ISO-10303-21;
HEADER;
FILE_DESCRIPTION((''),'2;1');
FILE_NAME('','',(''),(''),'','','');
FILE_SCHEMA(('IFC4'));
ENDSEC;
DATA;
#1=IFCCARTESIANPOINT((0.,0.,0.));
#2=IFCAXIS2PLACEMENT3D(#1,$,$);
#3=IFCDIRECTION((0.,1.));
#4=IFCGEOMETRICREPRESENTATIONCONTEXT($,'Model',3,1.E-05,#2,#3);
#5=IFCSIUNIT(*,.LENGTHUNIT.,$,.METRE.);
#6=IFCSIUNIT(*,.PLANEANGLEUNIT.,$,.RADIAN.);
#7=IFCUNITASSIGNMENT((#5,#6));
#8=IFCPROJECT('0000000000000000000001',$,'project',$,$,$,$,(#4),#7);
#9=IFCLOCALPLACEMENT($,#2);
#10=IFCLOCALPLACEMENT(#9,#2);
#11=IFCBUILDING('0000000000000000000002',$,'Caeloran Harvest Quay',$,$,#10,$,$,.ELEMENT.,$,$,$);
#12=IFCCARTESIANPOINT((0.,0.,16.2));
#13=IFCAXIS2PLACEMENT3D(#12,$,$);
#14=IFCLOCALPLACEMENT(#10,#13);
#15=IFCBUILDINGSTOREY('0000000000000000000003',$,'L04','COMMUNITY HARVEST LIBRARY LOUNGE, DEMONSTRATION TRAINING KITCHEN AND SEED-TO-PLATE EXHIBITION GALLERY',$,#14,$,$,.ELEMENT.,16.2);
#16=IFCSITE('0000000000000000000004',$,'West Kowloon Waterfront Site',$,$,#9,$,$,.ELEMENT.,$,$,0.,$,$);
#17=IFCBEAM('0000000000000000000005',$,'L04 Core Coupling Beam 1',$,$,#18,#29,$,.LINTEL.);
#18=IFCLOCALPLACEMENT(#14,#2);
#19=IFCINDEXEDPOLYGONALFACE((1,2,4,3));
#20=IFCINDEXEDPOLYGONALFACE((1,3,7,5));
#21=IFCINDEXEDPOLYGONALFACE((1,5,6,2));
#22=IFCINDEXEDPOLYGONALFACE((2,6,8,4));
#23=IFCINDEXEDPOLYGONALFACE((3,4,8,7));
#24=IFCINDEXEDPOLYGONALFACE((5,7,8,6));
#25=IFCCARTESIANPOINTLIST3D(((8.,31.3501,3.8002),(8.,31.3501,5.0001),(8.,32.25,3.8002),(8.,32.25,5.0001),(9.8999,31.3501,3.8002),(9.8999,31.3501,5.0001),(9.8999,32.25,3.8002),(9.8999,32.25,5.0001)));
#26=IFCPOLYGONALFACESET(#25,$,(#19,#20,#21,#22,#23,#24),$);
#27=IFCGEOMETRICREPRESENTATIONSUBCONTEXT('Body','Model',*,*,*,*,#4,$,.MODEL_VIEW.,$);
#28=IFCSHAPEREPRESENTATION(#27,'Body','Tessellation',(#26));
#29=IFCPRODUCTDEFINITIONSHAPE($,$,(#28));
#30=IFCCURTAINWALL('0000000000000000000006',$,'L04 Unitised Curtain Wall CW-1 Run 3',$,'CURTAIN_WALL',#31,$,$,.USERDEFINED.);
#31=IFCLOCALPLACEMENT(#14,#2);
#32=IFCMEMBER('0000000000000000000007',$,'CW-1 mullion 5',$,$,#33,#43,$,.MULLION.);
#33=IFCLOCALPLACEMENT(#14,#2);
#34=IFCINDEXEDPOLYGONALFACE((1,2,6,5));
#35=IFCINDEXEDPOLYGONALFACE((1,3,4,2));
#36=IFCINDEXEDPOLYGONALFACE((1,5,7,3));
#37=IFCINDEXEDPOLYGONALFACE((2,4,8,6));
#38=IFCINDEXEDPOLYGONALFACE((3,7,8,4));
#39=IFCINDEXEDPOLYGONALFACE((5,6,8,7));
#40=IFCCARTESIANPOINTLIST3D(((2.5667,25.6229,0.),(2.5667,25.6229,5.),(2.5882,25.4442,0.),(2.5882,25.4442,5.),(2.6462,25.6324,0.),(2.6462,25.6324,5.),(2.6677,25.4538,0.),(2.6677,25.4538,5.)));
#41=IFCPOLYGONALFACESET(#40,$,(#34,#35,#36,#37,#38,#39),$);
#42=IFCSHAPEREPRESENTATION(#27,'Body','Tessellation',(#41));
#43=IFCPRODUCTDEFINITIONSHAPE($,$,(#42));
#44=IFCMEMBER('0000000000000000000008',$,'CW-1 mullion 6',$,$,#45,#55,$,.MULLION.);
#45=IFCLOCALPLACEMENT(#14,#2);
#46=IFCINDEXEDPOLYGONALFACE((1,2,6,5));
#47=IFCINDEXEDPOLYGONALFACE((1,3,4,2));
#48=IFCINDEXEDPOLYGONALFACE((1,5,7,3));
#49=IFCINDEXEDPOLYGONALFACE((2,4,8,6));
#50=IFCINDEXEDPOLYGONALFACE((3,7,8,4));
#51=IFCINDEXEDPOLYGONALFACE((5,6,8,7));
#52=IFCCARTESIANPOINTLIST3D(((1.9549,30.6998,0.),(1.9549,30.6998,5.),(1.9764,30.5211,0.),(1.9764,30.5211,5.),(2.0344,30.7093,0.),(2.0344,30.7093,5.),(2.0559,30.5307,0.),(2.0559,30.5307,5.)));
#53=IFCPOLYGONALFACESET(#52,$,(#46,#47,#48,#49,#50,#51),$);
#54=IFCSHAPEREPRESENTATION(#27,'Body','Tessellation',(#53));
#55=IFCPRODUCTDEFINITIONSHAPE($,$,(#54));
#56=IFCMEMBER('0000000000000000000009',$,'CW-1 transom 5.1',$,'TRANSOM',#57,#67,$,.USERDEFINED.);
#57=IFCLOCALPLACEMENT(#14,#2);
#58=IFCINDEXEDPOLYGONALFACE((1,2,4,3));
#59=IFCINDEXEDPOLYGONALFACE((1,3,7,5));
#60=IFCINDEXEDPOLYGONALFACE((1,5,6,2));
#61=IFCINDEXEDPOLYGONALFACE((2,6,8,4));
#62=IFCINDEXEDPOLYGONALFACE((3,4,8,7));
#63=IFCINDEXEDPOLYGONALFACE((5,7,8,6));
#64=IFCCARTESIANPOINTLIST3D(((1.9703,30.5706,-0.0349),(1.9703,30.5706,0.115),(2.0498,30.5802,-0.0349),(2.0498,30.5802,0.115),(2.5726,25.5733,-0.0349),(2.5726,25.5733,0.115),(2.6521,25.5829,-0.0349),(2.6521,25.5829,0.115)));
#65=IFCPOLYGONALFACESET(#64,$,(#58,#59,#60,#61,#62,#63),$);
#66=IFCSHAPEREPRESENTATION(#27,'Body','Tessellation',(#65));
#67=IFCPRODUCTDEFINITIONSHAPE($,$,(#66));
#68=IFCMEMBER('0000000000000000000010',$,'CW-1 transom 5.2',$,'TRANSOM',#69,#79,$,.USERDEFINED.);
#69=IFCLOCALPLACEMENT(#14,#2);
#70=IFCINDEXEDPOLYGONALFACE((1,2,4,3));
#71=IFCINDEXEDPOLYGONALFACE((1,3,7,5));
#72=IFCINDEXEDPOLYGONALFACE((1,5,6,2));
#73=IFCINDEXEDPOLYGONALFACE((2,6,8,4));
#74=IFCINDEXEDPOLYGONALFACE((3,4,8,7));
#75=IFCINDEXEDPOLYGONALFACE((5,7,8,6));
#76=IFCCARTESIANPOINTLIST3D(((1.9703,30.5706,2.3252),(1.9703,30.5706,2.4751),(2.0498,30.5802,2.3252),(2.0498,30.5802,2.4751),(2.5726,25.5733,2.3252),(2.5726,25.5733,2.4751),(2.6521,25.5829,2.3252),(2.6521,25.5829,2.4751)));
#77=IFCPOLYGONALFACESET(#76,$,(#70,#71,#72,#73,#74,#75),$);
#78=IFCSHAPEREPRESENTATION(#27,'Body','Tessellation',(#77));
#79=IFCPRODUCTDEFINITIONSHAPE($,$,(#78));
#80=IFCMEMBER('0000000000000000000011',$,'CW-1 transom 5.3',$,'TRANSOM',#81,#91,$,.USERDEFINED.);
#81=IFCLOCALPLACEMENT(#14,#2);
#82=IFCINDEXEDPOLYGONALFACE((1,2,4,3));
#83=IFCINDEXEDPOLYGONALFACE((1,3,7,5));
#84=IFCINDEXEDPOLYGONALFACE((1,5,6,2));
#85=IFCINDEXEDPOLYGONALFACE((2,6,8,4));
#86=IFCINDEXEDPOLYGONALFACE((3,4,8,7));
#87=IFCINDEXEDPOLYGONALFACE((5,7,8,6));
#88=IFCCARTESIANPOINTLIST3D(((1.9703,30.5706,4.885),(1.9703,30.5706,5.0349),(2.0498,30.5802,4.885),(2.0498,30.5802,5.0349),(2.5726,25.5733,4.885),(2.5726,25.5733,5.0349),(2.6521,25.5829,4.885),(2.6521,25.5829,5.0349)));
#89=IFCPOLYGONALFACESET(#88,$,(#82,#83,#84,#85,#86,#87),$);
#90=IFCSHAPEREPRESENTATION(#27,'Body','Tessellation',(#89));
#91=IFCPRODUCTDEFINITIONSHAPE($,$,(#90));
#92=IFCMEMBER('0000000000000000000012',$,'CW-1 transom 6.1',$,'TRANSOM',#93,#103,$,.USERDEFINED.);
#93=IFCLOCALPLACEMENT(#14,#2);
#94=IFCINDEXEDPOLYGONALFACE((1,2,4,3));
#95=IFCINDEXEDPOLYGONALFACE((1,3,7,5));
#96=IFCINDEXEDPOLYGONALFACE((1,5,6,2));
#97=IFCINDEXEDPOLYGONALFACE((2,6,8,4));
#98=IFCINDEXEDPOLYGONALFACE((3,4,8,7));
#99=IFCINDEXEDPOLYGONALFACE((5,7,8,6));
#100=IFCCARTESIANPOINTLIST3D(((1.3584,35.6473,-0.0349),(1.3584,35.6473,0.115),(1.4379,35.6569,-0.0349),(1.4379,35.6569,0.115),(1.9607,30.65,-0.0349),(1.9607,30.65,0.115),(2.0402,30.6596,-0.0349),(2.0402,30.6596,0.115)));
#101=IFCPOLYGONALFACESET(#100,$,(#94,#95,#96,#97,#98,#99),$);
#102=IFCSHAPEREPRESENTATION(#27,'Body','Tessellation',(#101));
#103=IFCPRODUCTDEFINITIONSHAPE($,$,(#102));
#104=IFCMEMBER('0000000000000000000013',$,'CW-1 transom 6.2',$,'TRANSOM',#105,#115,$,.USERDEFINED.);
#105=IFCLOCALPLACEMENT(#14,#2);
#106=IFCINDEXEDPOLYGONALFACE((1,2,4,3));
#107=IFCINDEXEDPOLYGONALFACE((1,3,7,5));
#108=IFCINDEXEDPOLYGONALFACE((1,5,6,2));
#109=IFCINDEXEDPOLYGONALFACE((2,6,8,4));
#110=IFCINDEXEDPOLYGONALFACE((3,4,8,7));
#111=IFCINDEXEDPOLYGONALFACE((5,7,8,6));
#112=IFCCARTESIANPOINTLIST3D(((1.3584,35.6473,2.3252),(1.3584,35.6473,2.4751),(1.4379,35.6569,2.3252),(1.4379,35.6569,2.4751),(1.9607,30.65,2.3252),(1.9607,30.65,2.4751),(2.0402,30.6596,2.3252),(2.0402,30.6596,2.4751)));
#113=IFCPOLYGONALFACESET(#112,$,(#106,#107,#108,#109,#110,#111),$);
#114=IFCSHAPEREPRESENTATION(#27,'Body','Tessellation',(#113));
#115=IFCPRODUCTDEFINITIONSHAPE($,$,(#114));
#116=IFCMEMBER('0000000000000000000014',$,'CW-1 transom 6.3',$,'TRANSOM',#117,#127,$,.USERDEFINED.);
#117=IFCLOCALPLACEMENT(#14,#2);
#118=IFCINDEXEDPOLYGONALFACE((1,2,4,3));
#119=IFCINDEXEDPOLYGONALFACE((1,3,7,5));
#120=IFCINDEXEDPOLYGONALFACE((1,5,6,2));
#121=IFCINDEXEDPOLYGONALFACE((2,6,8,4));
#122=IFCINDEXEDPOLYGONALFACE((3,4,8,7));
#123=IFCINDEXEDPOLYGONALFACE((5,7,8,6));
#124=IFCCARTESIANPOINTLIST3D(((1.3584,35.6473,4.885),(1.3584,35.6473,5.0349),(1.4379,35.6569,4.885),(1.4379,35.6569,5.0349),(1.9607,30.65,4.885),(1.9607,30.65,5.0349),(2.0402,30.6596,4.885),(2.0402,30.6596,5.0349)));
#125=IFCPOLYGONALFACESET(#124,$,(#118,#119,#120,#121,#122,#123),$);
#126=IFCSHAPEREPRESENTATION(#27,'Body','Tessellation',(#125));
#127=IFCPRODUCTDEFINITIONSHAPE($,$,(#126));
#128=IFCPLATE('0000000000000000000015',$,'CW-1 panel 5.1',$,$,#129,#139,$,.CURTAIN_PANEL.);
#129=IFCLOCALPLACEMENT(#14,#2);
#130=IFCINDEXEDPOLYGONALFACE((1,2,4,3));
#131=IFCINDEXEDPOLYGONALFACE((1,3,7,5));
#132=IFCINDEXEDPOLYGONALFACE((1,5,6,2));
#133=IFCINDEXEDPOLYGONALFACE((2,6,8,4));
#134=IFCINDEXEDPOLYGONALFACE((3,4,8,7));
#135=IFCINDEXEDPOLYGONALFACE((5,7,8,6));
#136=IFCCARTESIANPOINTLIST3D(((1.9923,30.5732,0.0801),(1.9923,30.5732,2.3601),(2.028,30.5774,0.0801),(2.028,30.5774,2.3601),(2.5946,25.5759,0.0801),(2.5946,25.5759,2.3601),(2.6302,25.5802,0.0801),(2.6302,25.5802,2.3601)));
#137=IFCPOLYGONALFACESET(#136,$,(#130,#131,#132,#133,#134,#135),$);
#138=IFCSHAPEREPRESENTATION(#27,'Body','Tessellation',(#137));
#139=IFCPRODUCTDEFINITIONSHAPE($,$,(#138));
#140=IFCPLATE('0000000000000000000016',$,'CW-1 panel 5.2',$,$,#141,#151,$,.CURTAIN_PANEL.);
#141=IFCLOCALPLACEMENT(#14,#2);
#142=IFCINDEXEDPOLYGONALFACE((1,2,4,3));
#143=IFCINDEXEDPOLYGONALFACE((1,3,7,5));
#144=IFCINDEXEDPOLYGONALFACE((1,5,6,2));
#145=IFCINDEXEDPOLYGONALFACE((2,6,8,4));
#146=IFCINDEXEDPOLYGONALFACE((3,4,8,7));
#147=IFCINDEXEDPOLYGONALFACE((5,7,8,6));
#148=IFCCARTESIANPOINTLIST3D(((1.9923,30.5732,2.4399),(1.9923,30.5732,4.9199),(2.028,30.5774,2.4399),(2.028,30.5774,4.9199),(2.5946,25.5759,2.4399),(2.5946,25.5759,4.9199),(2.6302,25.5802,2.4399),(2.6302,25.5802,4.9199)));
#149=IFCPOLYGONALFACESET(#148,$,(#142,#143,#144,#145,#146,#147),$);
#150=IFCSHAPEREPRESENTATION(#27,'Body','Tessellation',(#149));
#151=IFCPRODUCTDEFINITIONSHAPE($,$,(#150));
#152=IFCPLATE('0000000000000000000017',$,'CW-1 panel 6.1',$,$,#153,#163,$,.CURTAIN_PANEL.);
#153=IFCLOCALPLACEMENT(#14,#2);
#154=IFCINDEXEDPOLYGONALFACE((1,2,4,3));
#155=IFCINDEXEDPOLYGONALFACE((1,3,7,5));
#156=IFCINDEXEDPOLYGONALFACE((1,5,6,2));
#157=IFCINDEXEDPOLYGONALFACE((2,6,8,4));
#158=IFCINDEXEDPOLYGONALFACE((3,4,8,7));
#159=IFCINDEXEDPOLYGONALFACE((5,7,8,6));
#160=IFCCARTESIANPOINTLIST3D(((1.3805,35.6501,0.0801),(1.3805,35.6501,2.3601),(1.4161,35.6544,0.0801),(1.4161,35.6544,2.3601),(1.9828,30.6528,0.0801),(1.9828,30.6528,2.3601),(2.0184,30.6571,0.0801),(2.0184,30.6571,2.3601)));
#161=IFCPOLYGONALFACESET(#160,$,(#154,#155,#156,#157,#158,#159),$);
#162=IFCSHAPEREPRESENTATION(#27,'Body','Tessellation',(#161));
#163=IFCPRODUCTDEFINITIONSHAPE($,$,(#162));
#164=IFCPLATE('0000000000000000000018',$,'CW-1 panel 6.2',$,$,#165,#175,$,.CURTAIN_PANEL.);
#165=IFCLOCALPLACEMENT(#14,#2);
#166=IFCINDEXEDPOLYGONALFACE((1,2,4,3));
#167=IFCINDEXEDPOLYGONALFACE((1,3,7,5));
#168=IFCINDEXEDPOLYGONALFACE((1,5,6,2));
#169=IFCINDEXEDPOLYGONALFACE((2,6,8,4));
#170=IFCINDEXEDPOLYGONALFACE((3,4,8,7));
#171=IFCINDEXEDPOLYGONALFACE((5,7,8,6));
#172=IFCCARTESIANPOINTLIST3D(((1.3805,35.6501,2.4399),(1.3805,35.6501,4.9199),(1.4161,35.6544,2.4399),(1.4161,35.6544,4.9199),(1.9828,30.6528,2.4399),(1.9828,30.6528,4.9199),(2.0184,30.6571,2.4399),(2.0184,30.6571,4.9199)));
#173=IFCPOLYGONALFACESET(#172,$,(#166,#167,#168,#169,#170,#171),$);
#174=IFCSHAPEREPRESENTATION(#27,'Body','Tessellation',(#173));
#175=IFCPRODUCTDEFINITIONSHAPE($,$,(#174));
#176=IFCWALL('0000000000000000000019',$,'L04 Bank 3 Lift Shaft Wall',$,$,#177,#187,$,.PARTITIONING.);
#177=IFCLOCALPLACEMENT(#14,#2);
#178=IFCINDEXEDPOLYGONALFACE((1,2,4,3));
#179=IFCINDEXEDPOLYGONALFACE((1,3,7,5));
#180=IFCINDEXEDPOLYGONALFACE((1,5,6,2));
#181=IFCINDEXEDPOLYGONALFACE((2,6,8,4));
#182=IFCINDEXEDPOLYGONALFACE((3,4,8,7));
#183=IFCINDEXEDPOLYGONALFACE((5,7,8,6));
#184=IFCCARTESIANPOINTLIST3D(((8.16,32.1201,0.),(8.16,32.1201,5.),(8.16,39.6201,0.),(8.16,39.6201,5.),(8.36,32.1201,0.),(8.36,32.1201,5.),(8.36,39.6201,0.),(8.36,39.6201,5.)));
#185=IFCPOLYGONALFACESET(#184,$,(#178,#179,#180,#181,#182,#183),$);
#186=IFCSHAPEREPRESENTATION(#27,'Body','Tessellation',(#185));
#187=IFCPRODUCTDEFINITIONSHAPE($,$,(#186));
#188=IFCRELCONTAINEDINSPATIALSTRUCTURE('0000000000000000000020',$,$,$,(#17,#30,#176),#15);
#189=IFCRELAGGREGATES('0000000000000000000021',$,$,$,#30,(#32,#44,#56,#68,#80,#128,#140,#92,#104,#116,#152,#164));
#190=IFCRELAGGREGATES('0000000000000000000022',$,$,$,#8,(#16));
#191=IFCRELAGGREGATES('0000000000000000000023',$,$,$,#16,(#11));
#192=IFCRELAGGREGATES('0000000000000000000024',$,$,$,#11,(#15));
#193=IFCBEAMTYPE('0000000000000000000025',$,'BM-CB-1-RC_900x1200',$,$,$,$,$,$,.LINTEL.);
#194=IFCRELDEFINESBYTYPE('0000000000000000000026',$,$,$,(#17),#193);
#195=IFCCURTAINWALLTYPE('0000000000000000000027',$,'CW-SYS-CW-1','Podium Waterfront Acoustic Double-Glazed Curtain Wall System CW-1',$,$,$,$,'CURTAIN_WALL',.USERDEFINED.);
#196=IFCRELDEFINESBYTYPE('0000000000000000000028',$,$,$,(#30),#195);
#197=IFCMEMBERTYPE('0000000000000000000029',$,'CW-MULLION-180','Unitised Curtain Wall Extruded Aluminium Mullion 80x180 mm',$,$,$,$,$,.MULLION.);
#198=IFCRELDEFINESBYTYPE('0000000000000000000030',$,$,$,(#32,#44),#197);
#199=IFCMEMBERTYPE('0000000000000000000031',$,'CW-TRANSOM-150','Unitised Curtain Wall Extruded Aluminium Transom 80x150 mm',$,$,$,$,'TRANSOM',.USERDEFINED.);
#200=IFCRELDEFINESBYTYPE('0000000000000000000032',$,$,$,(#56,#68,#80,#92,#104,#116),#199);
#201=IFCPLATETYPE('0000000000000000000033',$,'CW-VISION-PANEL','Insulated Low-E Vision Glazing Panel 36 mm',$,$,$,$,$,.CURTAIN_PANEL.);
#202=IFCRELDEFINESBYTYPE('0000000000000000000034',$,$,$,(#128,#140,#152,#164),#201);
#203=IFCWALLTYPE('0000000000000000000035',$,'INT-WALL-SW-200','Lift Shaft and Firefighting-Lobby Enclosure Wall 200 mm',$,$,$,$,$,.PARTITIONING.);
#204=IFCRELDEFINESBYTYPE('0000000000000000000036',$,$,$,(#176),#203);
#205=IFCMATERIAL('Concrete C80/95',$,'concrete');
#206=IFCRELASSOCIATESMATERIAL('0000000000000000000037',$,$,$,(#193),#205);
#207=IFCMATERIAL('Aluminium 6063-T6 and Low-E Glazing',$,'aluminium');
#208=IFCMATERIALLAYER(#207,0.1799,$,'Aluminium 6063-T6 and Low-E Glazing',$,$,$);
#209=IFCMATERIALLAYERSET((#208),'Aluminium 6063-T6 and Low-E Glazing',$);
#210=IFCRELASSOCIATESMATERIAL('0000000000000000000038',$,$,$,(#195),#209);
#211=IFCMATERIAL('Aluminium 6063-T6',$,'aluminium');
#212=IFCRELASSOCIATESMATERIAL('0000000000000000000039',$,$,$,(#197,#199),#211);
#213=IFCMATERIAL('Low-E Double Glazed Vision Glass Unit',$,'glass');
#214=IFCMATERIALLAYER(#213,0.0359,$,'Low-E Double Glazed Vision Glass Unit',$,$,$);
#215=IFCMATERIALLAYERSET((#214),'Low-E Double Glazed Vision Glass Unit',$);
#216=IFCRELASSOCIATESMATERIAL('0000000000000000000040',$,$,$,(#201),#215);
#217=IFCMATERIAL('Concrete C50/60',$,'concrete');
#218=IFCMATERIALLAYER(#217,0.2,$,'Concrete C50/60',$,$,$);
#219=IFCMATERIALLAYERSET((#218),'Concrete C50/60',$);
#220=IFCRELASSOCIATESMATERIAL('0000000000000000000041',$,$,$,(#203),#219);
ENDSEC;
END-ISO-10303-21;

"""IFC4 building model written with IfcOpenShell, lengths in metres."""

from ifc_helpers import new_model, si_unit, direction, frame, frame_2d, origin, origin_2d, place, context, subcontext, project, spatial, rectangle, extrude, material, layer, layer_set, material_profile, profile_set, type_object, element, aggregate, save


model = new_model("IFC4")

# Units and contexts
model_context = context("Model", 3, precision=1e-05, world=origin(), true_north=direction((0.0, 1.0)))
body_context = subcontext(model_context, "Body", "Model", "MODEL_VIEW")
ifc_project = project(units=[si_unit("LENGTHUNIT", "METRE"), si_unit("PLANEANGLEUNIT", "RADIAN")], contexts=[model_context])

# Site, building, storey
site_placement = place(None, origin())
site = spatial("IfcSite", under=ifc_project, at=site_placement, Name="West Kowloon Waterfront Site", CompositionType="ELEMENT", RefElevation=0.0)
building_placement = place(site_placement, origin())
building = spatial("IfcBuilding", under=site, at=building_placement, Name="Caeloran Harvest Quay", CompositionType="ELEMENT")
storey_placement = place(building_placement, frame((0.0, 0.0, 16.2)))
storey = spatial("IfcBuildingStorey", under=building, at=storey_placement, Name="L04", Description="COMMUNITY HARVEST LIBRARY LOUNGE, DEMONSTRATION TRAINING KITCHEN AND SEED-TO-PLATE EXHIBITION GALLERY", CompositionType="ELEMENT", Elevation=16.2)

# Beam
ifc_material_1 = material(Name="Concrete C80/95", Category="concrete")
ifc_material_profile_1 = material_profile(ifc_material_1, rectangle(XDim=0.8999, YDim=1.2, at=origin_2d()), Name="RC 900x1200")
ifc_profile_set_1 = profile_set([ifc_material_profile_1], Name="Concrete C80/95")
beam_type = type_object("IfcBeamType", Name="BM-CB-1-RC_900x1200", PredefinedType="LINTEL", material=ifc_profile_set_1)
beam_placement = place(storey_placement, frame((8.0, 31.8, 4.4001), z_axis=(1.0, 0.0, 0.0), x_axis=(0.0, 1.0, 0.0)))
element("IfcBeam", 1, at=beam_placement, inside=storey, type_object=beam_type, Name="L04 Core Coupling Beam 1", PredefinedType="LINTEL", context=body_context, shape_type="SweptSolid", body=[
    extrude(rectangle(XDim=0.8999, YDim=1.2, at=origin_2d()), origin(), (0.0, 0.0, 1.0), 1.8999),
])

# Curtain wall, members, plates
ifc_material_2 = material(Name="Aluminium 6063-T6 and Low-E Glazing", Category="aluminium")
ifc_layer_1 = layer(ifc_material_2, 0.1799, Name="Aluminium 6063-T6 and Low-E Glazing")
ifc_layer_set_1 = layer_set([ifc_layer_1], Name="Aluminium 6063-T6 and Low-E Glazing")
curtain_wall_type = type_object("IfcCurtainWallType", Name="CW-SYS-CW-1", Description="Podium Waterfront Acoustic Double-Glazed Curtain Wall System CW-1", ElementType="CURTAIN_WALL", PredefinedType="USERDEFINED", material=ifc_layer_set_1)
curtain_wall_placement = place(storey_placement, origin())
curtain_wall = element("IfcCurtainWall", 2, at=curtain_wall_placement, inside=storey, type_object=curtain_wall_type, Name="L04 Unitised Curtain Wall CW-1 Run 3", ObjectType="CURTAIN_WALL", PredefinedType="USERDEFINED")
ifc_material_3 = material(Name="Aluminium 6063-T6", Category="aluminium")
ifc_material_profile_2 = material_profile(ifc_material_3, rectangle(XDim=0.0801, YDim=0.1799, at=origin_2d()), Name="CW-MULLION-180")
ifc_profile_set_2 = profile_set([ifc_material_profile_2], Name="Aluminium 6063-T6")
member_type_1 = type_object("IfcMemberType", Name="CW-MULLION-180", Description="Unitised Curtain Wall Extruded Aluminium Mullion 80x180 mm", PredefinedType="MULLION", material=ifc_profile_set_2)
member_1_placement = place(storey_placement, frame((2.6172, 25.5383, 0.0), z_axis=(0.0, 0.0, 1.0), x_axis=(-0.992816, -0.119655, 0.0)))
member_1 = element("IfcMember", 3, at=member_1_placement, type_object=member_type_1, Name="CW-1 mullion 5", PredefinedType="MULLION", context=body_context, shape_type="SweptSolid", body=[
    extrude(rectangle(XDim=0.0801, YDim=0.1799, at=origin_2d()), origin(), (0.0, 0.0, 1.0), 5.0),
])
member_2_placement = place(storey_placement, frame((2.0054, 30.6152, 0.0), z_axis=(0.0, 0.0, 1.0), x_axis=(-0.992816, -0.119655, 0.0)))
member_2 = element("IfcMember", 4, at=member_2_placement, type_object=member_type_1, Name="CW-1 mullion 6", PredefinedType="MULLION", context=body_context, shape_type="SweptSolid", body=[
    extrude(rectangle(XDim=0.0801, YDim=0.1799, at=origin_2d()), origin(), (0.0, 0.0, 1.0), 5.0),
])
ifc_material_profile_3 = material_profile(ifc_material_3, rectangle(XDim=0.0801, YDim=0.1499, at=origin_2d()), Name="CW-TRANSOM-150")
ifc_profile_set_3 = profile_set([ifc_material_profile_3], Name="Aluminium 6063-T6")
member_type_2 = type_object("IfcMemberType", Name="CW-TRANSOM-150", Description="Unitised Curtain Wall Extruded Aluminium Transom 80x150 mm", ElementType="TRANSOM", PredefinedType="USERDEFINED", material=ifc_profile_set_3)
member_3_placement = place(storey_placement, frame((2.6123, 25.5781, 0.04), z_axis=(-0.119658, 0.992815, 0.0), x_axis=(-0.992815, -0.119658, 0.0)))
member_3 = element("IfcMember", 5, at=member_3_placement, type_object=member_type_2, Name="CW-1 transom 5.1", ObjectType="TRANSOM", PredefinedType="USERDEFINED", context=body_context, shape_type="SweptSolid", body=[
    extrude(rectangle(XDim=0.0801, YDim=0.1499, at=origin_2d()), origin(), (0.0, 0.0, 1.0), 5.0334),
])
member_4_placement = place(storey_placement, frame((2.6123, 25.5781, 2.4001), z_axis=(-0.119658, 0.992815, 0.0), x_axis=(-0.992815, -0.119658, 0.0)))
member_4 = element("IfcMember", 6, at=member_4_placement, type_object=member_type_2, Name="CW-1 transom 5.2", ObjectType="TRANSOM", PredefinedType="USERDEFINED", context=body_context, shape_type="SweptSolid", body=[
    extrude(rectangle(XDim=0.0801, YDim=0.1499, at=origin_2d()), origin(), (0.0, 0.0, 1.0), 5.0334),
])
member_5_placement = place(storey_placement, frame((2.6123, 25.5781, 4.96), z_axis=(-0.119658, 0.992815, 0.0), x_axis=(-0.992815, -0.119658, 0.0)))
member_5 = element("IfcMember", 7, at=member_5_placement, type_object=member_type_2, Name="CW-1 transom 5.3", ObjectType="TRANSOM", PredefinedType="USERDEFINED", context=body_context, shape_type="SweptSolid", body=[
    extrude(rectangle(XDim=0.0801, YDim=0.1499, at=origin_2d()), origin(), (0.0, 0.0, 1.0), 5.0334),
])
member_6_placement = place(storey_placement, frame((2.0005, 30.6548, 0.04), z_axis=(-0.119658, 0.992815, 0.0), x_axis=(-0.992815, -0.119658, 0.0)))
member_6 = element("IfcMember", 8, at=member_6_placement, type_object=member_type_2, Name="CW-1 transom 6.1", ObjectType="TRANSOM", PredefinedType="USERDEFINED", context=body_context, shape_type="SweptSolid", body=[
    extrude(rectangle(XDim=0.0801, YDim=0.1499, at=origin_2d()), origin(), (0.0, 0.0, 1.0), 5.0334),
])
member_7_placement = place(storey_placement, frame((2.0005, 30.6548, 2.4001), z_axis=(-0.119658, 0.992815, 0.0), x_axis=(-0.992815, -0.119658, 0.0)))
member_7 = element("IfcMember", 9, at=member_7_placement, type_object=member_type_2, Name="CW-1 transom 6.2", ObjectType="TRANSOM", PredefinedType="USERDEFINED", context=body_context, shape_type="SweptSolid", body=[
    extrude(rectangle(XDim=0.0801, YDim=0.1499, at=origin_2d()), origin(), (0.0, 0.0, 1.0), 5.0334),
])
member_8_placement = place(storey_placement, frame((2.0005, 30.6548, 4.96), z_axis=(-0.119658, 0.992815, 0.0), x_axis=(-0.992815, -0.119658, 0.0)))
member_8 = element("IfcMember", 10, at=member_8_placement, type_object=member_type_2, Name="CW-1 transom 6.3", ObjectType="TRANSOM", PredefinedType="USERDEFINED", context=body_context, shape_type="SweptSolid", body=[
    extrude(rectangle(XDim=0.0801, YDim=0.1499, at=origin_2d()), origin(), (0.0, 0.0, 1.0), 5.0334),
])
ifc_material_4 = material(Name="Low-E Double Glazed Vision Glass Unit", Category="glass")
ifc_layer_2 = layer(ifc_material_4, 0.0359, Name="Low-E Double Glazed Vision Glass Unit")
ifc_layer_set_2 = layer_set([ifc_layer_2], Name="Low-E Double Glazed Vision Glass Unit")
plate_type = type_object("IfcPlateType", Name="CW-VISION-PANEL", Description="Insulated Low-E Vision Glazing Panel 36 mm", PredefinedType="CURTAIN_PANEL", material=ifc_layer_set_2)
plate_1_placement = place(storey_placement, frame((2.3113, 28.0767, 0.0801), z_axis=(0.0, 0.0, 1.0), x_axis=(-0.119655, 0.992816, 0.0)))
plate_1 = element("IfcPlate", 11, at=plate_1_placement, type_object=plate_type, Name="CW-1 panel 5.1", PredefinedType="CURTAIN_PANEL", context=body_context, shape_type="SweptSolid", body=[
    extrude(rectangle(XDim=5.0334, YDim=0.0359, at=origin_2d()), origin(), (0.0, 0.0, 1.0), 2.28),
])
plate_2_placement = place(storey_placement, frame((2.3113, 28.0767, 2.4399), z_axis=(0.0, 0.0, 1.0), x_axis=(-0.119655, 0.992816, 0.0)))
plate_2 = element("IfcPlate", 12, at=plate_2_placement, type_object=plate_type, Name="CW-1 panel 5.2", PredefinedType="CURTAIN_PANEL", context=body_context, shape_type="SweptSolid", body=[
    extrude(rectangle(XDim=5.0334, YDim=0.0359, at=origin_2d()), origin(), (0.0, 0.0, 1.0), 2.48),
])
plate_3_placement = place(storey_placement, frame((1.6995, 33.1536, 0.0801), z_axis=(0.0, 0.0, 1.0), x_axis=(-0.119655, 0.992816, 0.0)))
plate_3 = element("IfcPlate", 13, at=plate_3_placement, type_object=plate_type, Name="CW-1 panel 6.1", PredefinedType="CURTAIN_PANEL", context=body_context, shape_type="SweptSolid", body=[
    extrude(rectangle(XDim=5.0334, YDim=0.0359, at=origin_2d()), origin(), (0.0, 0.0, 1.0), 2.28),
])
plate_4_placement = place(storey_placement, frame((1.6995, 33.1536, 2.4399), z_axis=(0.0, 0.0, 1.0), x_axis=(-0.119655, 0.992816, 0.0)))
plate_4 = element("IfcPlate", 14, at=plate_4_placement, type_object=plate_type, Name="CW-1 panel 6.2", PredefinedType="CURTAIN_PANEL", context=body_context, shape_type="SweptSolid", body=[
    extrude(rectangle(XDim=5.0334, YDim=0.0359, at=origin_2d()), origin(), (0.0, 0.0, 1.0), 2.48),
])
aggregate(curtain_wall, [member_1, member_2, member_3, member_4, member_5, plate_1, plate_2, member_6, member_7, member_8, plate_3, plate_4])

# Wall
ifc_material_5 = material(Name="Concrete C50/60", Category="concrete")
ifc_layer_3 = layer(ifc_material_5, 0.2, Name="Concrete C50/60")
ifc_layer_set_3 = layer_set([ifc_layer_3], Name="Concrete C50/60")
wall_type_1 = type_object("IfcWallType", Name="INT-WALL-SW-200", Description="Lift Shaft and Firefighting-Lobby Enclosure Wall 200 mm", PredefinedType="PARTITIONING", material=ifc_layer_set_3)
wall_1_placement = place(storey_placement, frame((8.26, 32.1201, 0.0), z_axis=(0.0, 0.0, 1.0), x_axis=(0.0, 1.0, 0.0)))
element("IfcWall", 15, at=wall_1_placement, inside=storey, type_object=wall_type_1, Name="L04 Bank 3 Lift Shaft Wall", PredefinedType="PARTITIONING", context=body_context, shape_type="SweptSolid", body=[
    extrude(rectangle(XDim=7.5, YDim=0.2, at=frame_2d((3.75, 0.0))), origin(), (0.0, 0.0, 1.0), 5.0),
])

save(model, "model.ifc")
